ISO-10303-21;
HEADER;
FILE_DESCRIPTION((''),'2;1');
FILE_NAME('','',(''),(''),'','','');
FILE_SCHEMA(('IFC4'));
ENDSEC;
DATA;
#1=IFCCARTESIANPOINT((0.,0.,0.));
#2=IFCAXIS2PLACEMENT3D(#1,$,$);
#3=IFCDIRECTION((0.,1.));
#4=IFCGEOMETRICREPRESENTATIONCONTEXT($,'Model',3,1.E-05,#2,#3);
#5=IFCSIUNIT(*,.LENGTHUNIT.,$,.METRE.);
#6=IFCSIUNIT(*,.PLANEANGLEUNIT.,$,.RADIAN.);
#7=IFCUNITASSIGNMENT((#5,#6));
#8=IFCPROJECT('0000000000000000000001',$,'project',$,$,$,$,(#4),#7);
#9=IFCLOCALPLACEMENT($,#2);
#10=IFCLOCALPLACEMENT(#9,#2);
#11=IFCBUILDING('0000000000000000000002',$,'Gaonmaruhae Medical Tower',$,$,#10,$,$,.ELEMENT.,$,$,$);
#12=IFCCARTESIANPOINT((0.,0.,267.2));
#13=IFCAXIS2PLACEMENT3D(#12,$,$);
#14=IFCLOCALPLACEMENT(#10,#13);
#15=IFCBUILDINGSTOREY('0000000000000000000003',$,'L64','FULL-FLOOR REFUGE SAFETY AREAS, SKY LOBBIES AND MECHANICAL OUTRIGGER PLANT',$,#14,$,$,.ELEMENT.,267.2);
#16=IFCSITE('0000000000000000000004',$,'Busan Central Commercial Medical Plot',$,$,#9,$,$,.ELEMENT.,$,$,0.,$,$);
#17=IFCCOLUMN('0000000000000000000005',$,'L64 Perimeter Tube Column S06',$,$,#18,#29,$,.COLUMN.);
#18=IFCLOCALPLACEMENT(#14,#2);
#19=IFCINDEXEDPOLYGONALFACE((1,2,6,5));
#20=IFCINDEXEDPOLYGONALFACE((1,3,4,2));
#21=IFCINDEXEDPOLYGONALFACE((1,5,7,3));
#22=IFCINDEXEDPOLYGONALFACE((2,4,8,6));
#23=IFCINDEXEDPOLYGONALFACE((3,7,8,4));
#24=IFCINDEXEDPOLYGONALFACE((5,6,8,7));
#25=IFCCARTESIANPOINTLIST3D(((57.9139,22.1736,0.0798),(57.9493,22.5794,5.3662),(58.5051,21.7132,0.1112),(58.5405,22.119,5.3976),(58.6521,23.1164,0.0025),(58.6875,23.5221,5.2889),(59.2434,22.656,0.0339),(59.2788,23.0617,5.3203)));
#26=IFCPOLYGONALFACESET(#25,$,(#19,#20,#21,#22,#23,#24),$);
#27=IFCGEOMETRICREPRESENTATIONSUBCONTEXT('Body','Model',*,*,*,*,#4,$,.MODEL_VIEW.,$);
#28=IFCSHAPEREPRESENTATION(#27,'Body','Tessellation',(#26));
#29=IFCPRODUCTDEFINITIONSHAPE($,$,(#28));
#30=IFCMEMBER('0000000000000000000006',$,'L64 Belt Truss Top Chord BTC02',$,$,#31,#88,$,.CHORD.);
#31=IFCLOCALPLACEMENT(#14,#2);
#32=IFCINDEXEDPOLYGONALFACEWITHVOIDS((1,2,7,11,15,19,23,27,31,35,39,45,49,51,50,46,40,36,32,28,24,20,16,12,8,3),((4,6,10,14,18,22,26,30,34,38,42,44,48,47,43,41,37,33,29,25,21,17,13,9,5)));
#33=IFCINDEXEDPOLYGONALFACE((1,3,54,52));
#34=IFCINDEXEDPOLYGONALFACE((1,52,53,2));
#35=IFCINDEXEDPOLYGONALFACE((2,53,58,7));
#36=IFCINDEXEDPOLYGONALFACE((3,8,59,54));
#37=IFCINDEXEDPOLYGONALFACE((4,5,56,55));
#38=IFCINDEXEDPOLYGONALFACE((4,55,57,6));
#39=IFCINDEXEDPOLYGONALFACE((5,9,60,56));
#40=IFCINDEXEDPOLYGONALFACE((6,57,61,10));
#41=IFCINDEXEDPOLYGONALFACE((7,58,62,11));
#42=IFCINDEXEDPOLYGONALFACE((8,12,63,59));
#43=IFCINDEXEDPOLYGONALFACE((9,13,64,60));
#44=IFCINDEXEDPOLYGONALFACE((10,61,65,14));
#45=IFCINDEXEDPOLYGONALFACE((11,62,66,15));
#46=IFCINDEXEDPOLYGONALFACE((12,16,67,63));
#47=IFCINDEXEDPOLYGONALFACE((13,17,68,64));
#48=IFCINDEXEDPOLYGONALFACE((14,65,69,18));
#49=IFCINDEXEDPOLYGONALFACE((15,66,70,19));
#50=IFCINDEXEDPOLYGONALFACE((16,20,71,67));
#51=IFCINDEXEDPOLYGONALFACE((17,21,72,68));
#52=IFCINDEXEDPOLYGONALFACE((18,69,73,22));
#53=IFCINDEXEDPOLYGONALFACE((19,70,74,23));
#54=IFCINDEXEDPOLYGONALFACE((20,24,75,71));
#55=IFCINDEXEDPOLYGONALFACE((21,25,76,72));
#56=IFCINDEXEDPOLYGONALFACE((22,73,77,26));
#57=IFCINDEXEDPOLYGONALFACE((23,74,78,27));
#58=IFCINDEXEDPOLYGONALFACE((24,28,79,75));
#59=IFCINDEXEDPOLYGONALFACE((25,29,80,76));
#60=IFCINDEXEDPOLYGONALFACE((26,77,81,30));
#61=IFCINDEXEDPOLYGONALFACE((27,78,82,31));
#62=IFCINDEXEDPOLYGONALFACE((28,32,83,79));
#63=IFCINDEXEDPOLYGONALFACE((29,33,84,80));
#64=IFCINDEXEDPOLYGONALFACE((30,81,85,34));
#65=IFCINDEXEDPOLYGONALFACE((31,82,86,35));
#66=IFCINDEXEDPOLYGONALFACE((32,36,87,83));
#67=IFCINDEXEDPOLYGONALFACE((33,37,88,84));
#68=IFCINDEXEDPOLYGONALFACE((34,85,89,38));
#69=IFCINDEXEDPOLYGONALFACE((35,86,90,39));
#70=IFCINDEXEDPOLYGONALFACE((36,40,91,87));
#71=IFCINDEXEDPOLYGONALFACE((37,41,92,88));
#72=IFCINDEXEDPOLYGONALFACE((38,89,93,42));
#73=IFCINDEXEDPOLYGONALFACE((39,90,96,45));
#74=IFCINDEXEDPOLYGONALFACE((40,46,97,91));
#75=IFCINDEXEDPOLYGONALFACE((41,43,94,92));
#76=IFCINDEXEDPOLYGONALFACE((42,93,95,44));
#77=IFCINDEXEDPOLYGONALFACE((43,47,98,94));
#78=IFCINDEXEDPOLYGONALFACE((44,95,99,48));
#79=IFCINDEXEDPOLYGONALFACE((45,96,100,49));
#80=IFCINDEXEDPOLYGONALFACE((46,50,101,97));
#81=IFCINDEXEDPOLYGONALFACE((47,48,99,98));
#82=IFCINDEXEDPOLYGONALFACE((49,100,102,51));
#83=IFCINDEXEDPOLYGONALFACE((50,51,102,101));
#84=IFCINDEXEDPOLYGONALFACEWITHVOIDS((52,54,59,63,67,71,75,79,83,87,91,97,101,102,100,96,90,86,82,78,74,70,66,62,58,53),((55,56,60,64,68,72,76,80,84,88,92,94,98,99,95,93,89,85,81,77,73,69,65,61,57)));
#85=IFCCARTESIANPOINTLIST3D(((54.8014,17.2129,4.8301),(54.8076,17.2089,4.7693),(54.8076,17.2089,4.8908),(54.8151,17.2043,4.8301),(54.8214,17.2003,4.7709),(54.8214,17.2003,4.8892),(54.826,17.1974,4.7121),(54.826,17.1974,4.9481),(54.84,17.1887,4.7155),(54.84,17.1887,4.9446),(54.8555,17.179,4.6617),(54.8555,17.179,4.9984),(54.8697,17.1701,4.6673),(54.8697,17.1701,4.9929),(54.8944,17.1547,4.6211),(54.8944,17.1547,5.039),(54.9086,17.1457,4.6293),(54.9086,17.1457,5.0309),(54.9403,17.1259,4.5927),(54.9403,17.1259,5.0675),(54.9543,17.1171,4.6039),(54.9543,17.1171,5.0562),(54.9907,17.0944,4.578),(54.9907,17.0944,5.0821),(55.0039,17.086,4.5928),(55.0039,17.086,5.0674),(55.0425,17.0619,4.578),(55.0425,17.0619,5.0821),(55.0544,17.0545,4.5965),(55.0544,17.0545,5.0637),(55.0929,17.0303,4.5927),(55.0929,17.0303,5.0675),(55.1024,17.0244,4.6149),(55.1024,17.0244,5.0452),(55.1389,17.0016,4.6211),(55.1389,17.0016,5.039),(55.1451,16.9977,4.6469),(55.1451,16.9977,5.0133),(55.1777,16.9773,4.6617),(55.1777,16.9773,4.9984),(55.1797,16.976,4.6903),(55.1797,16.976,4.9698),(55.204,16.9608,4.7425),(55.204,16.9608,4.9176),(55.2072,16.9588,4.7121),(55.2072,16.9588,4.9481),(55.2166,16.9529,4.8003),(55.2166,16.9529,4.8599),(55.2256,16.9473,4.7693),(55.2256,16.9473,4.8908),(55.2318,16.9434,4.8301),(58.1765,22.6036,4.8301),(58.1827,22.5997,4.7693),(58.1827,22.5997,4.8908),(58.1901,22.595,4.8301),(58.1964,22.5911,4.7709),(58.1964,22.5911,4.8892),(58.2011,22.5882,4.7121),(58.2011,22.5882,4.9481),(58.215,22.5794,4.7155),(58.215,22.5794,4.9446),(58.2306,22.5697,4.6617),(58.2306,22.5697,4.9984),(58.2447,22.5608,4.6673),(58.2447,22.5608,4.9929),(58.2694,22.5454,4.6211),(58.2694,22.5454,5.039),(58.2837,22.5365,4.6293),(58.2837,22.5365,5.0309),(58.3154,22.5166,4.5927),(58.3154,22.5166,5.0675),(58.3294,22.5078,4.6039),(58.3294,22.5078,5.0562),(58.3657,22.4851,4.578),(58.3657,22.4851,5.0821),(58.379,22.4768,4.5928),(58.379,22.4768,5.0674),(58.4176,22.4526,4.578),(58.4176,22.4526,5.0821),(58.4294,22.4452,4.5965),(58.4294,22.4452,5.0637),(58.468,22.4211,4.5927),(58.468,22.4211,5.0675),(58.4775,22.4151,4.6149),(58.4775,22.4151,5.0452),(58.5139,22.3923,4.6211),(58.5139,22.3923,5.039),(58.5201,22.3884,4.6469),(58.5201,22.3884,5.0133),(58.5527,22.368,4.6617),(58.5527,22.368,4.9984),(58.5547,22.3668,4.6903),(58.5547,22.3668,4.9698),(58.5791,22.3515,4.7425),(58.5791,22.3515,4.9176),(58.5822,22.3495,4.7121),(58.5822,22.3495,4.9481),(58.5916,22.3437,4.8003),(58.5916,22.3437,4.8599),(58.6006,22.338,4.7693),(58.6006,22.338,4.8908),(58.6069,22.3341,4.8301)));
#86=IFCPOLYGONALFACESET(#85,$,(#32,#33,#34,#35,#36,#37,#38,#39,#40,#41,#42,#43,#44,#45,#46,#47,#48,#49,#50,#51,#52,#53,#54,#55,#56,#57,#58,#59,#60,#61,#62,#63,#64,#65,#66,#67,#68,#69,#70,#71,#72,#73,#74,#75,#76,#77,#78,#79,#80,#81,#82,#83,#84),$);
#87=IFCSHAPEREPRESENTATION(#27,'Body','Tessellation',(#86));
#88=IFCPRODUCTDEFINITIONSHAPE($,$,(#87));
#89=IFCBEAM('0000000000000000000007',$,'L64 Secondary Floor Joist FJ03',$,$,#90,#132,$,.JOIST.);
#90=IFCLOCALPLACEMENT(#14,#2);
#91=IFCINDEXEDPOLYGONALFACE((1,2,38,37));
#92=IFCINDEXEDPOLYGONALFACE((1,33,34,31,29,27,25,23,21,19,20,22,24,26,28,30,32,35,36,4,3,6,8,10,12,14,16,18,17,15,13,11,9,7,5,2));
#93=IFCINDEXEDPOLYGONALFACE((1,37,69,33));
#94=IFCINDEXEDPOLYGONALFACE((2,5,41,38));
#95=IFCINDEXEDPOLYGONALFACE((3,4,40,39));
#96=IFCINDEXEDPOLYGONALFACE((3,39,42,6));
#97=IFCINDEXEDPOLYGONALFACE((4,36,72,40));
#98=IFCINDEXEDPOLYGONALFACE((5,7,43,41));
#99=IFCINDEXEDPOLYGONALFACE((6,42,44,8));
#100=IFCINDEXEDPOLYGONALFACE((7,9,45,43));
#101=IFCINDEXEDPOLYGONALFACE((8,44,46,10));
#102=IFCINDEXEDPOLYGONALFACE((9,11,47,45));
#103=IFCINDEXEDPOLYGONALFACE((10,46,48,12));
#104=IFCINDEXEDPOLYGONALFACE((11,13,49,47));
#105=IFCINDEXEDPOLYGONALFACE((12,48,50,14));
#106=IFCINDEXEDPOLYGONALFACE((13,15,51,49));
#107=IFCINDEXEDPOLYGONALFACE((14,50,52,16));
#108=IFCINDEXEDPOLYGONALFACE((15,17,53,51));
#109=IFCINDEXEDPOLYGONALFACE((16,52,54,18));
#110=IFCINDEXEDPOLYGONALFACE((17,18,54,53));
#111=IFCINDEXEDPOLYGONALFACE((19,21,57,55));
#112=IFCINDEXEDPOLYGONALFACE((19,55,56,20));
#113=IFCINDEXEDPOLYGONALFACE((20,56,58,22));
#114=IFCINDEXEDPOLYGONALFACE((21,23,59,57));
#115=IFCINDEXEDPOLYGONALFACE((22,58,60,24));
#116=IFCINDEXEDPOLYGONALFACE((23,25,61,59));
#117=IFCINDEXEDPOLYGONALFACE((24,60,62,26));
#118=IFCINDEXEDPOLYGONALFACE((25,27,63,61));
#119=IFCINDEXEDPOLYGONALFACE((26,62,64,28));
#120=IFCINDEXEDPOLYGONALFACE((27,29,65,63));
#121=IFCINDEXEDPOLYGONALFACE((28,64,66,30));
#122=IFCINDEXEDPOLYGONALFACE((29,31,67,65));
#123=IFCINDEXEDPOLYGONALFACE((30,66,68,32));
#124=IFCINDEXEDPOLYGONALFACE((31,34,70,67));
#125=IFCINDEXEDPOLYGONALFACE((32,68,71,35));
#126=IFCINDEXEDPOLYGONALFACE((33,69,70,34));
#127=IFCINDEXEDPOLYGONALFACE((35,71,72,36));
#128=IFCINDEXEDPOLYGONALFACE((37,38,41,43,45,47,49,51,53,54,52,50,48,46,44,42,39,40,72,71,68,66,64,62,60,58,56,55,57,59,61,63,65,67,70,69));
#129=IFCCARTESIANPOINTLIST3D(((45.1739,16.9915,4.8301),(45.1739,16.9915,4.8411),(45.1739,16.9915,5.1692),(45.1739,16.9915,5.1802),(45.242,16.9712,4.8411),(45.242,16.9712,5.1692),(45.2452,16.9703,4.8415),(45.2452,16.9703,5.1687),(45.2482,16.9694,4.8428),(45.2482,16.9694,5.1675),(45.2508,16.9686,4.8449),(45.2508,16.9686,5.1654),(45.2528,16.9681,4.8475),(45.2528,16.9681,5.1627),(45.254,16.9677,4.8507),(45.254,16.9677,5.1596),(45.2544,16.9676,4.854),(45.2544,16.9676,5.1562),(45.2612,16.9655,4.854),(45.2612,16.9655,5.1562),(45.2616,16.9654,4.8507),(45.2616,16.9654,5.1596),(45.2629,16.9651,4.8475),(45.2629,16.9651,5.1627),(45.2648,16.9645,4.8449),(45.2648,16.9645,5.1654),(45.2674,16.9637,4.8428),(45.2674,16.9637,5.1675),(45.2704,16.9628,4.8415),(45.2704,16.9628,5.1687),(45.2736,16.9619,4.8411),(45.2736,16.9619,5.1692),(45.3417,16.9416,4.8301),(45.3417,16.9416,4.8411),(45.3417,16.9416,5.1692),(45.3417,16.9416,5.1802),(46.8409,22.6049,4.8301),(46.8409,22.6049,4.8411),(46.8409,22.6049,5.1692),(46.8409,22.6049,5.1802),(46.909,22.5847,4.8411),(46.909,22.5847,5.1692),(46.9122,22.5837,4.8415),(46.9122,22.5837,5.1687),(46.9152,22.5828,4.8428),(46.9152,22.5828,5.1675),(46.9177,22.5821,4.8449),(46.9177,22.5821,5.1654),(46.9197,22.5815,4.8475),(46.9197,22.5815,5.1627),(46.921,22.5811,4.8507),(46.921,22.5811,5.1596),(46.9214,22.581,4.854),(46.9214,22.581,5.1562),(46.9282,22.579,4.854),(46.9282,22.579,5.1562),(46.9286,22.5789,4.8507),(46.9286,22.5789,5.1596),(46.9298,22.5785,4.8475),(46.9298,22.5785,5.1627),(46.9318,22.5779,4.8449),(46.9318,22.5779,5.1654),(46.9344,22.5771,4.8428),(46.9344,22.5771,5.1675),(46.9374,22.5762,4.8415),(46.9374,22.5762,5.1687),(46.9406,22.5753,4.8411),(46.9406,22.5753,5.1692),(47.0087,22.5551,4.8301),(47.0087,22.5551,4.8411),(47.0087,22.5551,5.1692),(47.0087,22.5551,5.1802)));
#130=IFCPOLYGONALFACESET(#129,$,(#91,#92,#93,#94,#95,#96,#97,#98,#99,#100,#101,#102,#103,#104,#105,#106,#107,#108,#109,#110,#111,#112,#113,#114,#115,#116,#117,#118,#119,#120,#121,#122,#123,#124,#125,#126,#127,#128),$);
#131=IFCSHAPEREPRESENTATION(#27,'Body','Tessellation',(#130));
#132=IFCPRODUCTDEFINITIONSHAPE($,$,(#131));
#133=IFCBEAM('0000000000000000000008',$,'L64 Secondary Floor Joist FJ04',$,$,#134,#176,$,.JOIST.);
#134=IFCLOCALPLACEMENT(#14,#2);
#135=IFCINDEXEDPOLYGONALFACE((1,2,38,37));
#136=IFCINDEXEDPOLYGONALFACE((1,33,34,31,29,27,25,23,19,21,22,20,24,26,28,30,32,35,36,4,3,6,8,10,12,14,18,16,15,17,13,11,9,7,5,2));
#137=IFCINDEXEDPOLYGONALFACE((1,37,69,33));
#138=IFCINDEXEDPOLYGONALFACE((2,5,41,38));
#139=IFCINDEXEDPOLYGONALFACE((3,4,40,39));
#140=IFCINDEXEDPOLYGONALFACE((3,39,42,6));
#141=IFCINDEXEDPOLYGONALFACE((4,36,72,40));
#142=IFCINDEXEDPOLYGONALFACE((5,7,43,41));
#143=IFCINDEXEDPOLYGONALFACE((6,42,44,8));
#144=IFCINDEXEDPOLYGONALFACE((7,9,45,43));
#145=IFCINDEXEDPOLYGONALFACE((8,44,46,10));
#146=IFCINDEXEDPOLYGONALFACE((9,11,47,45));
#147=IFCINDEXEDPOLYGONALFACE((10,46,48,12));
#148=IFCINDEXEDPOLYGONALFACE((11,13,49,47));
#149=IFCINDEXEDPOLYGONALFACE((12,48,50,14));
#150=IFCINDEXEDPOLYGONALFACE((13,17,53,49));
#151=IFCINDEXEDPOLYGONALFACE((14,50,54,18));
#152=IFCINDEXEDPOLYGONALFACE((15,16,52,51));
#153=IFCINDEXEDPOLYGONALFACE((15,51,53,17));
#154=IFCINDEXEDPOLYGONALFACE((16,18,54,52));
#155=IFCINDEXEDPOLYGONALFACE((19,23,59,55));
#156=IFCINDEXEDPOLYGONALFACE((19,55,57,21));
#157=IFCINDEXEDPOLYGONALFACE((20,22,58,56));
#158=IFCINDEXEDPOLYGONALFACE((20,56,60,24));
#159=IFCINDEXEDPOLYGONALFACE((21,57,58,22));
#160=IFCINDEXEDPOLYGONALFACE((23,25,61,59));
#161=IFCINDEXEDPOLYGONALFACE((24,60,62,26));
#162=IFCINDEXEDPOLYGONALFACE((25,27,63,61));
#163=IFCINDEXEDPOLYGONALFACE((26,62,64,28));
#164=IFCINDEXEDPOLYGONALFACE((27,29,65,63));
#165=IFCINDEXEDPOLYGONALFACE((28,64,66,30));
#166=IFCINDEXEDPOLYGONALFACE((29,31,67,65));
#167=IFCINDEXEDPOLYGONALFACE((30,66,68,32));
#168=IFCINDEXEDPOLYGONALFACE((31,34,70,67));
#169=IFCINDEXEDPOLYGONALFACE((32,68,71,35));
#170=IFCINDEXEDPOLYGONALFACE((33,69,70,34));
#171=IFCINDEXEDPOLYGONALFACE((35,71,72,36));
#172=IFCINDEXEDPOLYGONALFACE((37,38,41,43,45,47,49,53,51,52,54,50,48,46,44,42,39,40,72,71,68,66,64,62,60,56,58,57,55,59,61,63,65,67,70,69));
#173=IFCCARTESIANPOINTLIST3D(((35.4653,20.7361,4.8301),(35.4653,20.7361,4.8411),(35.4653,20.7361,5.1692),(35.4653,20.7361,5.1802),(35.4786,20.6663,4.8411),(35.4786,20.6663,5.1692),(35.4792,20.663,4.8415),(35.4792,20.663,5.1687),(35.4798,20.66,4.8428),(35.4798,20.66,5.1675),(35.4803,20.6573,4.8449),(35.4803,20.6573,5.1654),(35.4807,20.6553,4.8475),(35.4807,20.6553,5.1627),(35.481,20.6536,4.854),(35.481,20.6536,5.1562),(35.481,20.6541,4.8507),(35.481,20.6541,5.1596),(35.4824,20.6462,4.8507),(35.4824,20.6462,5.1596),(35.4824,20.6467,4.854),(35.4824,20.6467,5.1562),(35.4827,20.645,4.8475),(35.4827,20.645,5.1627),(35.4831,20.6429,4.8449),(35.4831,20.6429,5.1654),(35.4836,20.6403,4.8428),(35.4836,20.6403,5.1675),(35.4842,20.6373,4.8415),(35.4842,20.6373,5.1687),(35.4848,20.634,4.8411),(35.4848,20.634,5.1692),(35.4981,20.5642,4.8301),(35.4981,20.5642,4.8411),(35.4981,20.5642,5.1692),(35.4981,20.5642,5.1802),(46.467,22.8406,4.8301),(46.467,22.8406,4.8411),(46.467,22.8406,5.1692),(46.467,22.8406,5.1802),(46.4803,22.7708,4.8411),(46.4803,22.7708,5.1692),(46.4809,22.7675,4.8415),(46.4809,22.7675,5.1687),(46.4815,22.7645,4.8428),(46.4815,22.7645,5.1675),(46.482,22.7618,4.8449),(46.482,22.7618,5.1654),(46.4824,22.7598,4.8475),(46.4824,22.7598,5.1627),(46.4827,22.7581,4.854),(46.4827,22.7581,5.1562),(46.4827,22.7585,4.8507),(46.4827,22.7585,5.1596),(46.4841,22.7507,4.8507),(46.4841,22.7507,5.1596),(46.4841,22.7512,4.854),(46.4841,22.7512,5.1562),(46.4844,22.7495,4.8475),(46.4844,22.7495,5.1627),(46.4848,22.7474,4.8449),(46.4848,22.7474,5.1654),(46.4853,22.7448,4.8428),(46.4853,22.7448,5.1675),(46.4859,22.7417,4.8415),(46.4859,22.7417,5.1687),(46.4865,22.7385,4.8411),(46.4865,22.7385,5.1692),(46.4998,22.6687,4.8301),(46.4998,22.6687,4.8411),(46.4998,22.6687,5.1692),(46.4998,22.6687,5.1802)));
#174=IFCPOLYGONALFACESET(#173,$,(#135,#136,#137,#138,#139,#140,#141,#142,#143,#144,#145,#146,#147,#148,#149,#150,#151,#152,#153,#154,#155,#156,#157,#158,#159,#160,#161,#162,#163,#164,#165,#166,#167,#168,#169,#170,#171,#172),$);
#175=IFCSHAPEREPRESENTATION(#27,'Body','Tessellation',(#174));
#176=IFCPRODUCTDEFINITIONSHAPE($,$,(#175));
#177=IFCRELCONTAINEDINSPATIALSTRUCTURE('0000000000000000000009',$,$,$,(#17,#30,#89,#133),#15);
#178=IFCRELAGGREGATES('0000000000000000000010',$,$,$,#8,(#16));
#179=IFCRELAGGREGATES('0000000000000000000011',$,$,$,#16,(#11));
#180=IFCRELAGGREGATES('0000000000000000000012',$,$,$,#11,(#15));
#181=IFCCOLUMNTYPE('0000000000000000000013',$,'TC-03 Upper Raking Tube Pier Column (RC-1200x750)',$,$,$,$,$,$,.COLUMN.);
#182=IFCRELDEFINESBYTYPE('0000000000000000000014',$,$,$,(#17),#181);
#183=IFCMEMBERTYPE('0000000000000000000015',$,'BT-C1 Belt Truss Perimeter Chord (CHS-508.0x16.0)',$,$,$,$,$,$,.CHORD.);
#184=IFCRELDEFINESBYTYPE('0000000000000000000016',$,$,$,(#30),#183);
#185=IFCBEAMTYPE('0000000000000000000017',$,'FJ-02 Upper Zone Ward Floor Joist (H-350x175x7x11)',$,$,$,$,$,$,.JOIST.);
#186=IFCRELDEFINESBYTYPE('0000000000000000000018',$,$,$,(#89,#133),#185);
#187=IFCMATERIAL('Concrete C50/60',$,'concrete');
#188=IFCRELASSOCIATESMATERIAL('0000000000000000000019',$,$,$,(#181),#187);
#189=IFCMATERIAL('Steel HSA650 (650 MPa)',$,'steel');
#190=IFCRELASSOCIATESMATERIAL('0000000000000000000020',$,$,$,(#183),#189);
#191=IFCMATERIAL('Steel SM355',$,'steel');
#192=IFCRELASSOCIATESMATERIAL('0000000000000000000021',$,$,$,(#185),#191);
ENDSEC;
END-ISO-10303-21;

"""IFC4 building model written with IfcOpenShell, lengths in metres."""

from ifc_helpers import new_model, si_unit, direction, frame, origin, origin_2d, place, context, subcontext, project, spatial, rectangle, hollow_circle, i_section, extrude, material, material_profile, profile_set, type_object, element, save


model = new_model("IFC4")

# Units and contexts
model_context = context("Model", 3, precision=1e-05, world=origin(), true_north=direction((0.0, 1.0)))
body_context = subcontext(model_context, "Body", "Model", "MODEL_VIEW")
ifc_project = project(units=[si_unit("LENGTHUNIT", "METRE"), si_unit("PLANEANGLEUNIT", "RADIAN")], contexts=[model_context])

# Site, building, storey
site_placement = place(None, origin())
site = spatial("IfcSite", under=ifc_project, at=site_placement, Name="Busan Central Commercial Medical Plot", CompositionType="ELEMENT", RefElevation=0.0)
building_placement = place(site_placement, origin())
building = spatial("IfcBuilding", under=site, at=building_placement, Name="Gaonmaruhae Medical Tower", CompositionType="ELEMENT")
storey_placement = place(building_placement, frame((0.0, 0.0, 267.2)))
storey = spatial("IfcBuildingStorey", under=building, at=storey_placement, Name="L64", Description="FULL-FLOOR REFUGE SAFETY AREAS, SKY LOBBIES AND MECHANICAL OUTRIGGER PLANT", CompositionType="ELEMENT", Elevation=267.2)

# Column
ifc_material_1 = material(Name="Concrete C50/60", Category="concrete")
ifc_material_profile_1 = material_profile(ifc_material_1, rectangle(XDim=1.2, YDim=0.75, at=origin_2d()), Name="RC-1200x750")
ifc_profile_set_1 = profile_set([ifc_material_profile_1], Name="Concrete C50/60")
column_type = type_object("IfcColumnType", Name="TC-03 Upper Raking Tube Pier Column (RC-1200x750)", PredefinedType="COLUMN", material=ifc_profile_set_1)
column_placement = place(storey_placement, frame((58.5786, 22.4148, 0.0569), z_axis=(0.006677, 0.076529, 0.997045), x_axis=(-0.615255, -0.785691, 0.064427)))
element("IfcColumn", 1, at=column_placement, inside=storey, type_object=column_type, Name="L64 Perimeter Tube Column S06", PredefinedType="COLUMN", context=body_context, shape_type="SweptSolid", body=[
    extrude(rectangle(XDim=1.2, YDim=0.75, at=origin_2d()), origin(), (0.0, 0.0, 1.0), 5.302),
])

# Member
ifc_material_2 = material(Name="Steel HSA650 (650 MPa)", Category="steel")
ifc_material_profile_2 = material_profile(ifc_material_2, hollow_circle(Radius=0.2539, WallThickness=0.0161, at=origin_2d()), Name="CHS-508.0x16.0")
ifc_profile_set_2 = profile_set([ifc_material_profile_2], Name="Steel HSA650 (650 MPa)")
member_type = type_object("IfcMemberType", Name="BT-C1 Belt Truss Perimeter Chord (CHS-508.0x16.0)", PredefinedType="CHORD", material=ifc_profile_set_2)
member_placement = place(storey_placement, frame((55.0166, 17.0781, 4.8301), z_axis=(0.530661, 0.847584, 0.0), x_axis=(-0.847584, 0.530661, 0.0)))
element("IfcMember", 2, at=member_placement, inside=storey, type_object=member_type, Name="L64 Belt Truss Top Chord BTC02", PredefinedType="CHORD", context=body_context, shape_type="SweptSolid", body=[
    extrude(hollow_circle(Radius=0.2539, WallThickness=0.0161, at=origin_2d()), origin(), (0.0, 0.0, 1.0), 6.3601),
])

# Beams
ifc_material_3 = material(Name="Steel SM355", Category="steel")
ifc_material_profile_3 = material_profile(ifc_material_3, i_section(OverallWidth=0.175, OverallDepth=0.3501, WebThickness=0.0071, FlangeThickness=0.011, FilletRadius=0.0129, at=origin_2d()), Name="H-350x175x7x11")
ifc_profile_set_3 = profile_set([ifc_material_profile_3], Name="Steel SM355")
beam_type_1 = type_object("IfcBeamType", Name="FJ-02 Upper Zone Ward Floor Joist (H-350x175x7x11)", PredefinedType="JOIST", material=ifc_profile_set_3)
beam_1_placement = place(storey_placement, frame((45.2578, 16.9666, 5.0051), z_axis=(0.284673, 0.958625, 0.0), x_axis=(-0.958625, 0.284673, 0.0)))
element("IfcBeam", 3, at=beam_1_placement, inside=storey, type_object=beam_type_1, Name="L64 Secondary Floor Joist FJ03", PredefinedType="JOIST", context=body_context, shape_type="SweptSolid", body=[
    extrude(i_section(OverallWidth=0.175, OverallDepth=0.3501, WebThickness=0.0071, FlangeThickness=0.011, FilletRadius=0.0129, at=origin_2d()), origin(), (0.0, 0.0, 1.0), 5.8557),
])
beam_2_placement = place(storey_placement, frame((46.4834, 22.7546, 5.0051), z_axis=(-0.982192, -0.187881, 0.0), x_axis=(0.187881, -0.982192, 0.0)))
element("IfcBeam", 4, at=beam_2_placement, inside=storey, type_object=beam_type_1, Name="L64 Secondary Floor Joist FJ04", PredefinedType="JOIST", context=body_context, shape_type="SweptSolid", body=[
    extrude(i_section(OverallWidth=0.175, OverallDepth=0.3501, WebThickness=0.0071, FlangeThickness=0.011, FilletRadius=0.0129, at=origin_2d()), origin(), (0.0, 0.0, 1.0), 11.2012),
])

save(model, "model.ifc")
